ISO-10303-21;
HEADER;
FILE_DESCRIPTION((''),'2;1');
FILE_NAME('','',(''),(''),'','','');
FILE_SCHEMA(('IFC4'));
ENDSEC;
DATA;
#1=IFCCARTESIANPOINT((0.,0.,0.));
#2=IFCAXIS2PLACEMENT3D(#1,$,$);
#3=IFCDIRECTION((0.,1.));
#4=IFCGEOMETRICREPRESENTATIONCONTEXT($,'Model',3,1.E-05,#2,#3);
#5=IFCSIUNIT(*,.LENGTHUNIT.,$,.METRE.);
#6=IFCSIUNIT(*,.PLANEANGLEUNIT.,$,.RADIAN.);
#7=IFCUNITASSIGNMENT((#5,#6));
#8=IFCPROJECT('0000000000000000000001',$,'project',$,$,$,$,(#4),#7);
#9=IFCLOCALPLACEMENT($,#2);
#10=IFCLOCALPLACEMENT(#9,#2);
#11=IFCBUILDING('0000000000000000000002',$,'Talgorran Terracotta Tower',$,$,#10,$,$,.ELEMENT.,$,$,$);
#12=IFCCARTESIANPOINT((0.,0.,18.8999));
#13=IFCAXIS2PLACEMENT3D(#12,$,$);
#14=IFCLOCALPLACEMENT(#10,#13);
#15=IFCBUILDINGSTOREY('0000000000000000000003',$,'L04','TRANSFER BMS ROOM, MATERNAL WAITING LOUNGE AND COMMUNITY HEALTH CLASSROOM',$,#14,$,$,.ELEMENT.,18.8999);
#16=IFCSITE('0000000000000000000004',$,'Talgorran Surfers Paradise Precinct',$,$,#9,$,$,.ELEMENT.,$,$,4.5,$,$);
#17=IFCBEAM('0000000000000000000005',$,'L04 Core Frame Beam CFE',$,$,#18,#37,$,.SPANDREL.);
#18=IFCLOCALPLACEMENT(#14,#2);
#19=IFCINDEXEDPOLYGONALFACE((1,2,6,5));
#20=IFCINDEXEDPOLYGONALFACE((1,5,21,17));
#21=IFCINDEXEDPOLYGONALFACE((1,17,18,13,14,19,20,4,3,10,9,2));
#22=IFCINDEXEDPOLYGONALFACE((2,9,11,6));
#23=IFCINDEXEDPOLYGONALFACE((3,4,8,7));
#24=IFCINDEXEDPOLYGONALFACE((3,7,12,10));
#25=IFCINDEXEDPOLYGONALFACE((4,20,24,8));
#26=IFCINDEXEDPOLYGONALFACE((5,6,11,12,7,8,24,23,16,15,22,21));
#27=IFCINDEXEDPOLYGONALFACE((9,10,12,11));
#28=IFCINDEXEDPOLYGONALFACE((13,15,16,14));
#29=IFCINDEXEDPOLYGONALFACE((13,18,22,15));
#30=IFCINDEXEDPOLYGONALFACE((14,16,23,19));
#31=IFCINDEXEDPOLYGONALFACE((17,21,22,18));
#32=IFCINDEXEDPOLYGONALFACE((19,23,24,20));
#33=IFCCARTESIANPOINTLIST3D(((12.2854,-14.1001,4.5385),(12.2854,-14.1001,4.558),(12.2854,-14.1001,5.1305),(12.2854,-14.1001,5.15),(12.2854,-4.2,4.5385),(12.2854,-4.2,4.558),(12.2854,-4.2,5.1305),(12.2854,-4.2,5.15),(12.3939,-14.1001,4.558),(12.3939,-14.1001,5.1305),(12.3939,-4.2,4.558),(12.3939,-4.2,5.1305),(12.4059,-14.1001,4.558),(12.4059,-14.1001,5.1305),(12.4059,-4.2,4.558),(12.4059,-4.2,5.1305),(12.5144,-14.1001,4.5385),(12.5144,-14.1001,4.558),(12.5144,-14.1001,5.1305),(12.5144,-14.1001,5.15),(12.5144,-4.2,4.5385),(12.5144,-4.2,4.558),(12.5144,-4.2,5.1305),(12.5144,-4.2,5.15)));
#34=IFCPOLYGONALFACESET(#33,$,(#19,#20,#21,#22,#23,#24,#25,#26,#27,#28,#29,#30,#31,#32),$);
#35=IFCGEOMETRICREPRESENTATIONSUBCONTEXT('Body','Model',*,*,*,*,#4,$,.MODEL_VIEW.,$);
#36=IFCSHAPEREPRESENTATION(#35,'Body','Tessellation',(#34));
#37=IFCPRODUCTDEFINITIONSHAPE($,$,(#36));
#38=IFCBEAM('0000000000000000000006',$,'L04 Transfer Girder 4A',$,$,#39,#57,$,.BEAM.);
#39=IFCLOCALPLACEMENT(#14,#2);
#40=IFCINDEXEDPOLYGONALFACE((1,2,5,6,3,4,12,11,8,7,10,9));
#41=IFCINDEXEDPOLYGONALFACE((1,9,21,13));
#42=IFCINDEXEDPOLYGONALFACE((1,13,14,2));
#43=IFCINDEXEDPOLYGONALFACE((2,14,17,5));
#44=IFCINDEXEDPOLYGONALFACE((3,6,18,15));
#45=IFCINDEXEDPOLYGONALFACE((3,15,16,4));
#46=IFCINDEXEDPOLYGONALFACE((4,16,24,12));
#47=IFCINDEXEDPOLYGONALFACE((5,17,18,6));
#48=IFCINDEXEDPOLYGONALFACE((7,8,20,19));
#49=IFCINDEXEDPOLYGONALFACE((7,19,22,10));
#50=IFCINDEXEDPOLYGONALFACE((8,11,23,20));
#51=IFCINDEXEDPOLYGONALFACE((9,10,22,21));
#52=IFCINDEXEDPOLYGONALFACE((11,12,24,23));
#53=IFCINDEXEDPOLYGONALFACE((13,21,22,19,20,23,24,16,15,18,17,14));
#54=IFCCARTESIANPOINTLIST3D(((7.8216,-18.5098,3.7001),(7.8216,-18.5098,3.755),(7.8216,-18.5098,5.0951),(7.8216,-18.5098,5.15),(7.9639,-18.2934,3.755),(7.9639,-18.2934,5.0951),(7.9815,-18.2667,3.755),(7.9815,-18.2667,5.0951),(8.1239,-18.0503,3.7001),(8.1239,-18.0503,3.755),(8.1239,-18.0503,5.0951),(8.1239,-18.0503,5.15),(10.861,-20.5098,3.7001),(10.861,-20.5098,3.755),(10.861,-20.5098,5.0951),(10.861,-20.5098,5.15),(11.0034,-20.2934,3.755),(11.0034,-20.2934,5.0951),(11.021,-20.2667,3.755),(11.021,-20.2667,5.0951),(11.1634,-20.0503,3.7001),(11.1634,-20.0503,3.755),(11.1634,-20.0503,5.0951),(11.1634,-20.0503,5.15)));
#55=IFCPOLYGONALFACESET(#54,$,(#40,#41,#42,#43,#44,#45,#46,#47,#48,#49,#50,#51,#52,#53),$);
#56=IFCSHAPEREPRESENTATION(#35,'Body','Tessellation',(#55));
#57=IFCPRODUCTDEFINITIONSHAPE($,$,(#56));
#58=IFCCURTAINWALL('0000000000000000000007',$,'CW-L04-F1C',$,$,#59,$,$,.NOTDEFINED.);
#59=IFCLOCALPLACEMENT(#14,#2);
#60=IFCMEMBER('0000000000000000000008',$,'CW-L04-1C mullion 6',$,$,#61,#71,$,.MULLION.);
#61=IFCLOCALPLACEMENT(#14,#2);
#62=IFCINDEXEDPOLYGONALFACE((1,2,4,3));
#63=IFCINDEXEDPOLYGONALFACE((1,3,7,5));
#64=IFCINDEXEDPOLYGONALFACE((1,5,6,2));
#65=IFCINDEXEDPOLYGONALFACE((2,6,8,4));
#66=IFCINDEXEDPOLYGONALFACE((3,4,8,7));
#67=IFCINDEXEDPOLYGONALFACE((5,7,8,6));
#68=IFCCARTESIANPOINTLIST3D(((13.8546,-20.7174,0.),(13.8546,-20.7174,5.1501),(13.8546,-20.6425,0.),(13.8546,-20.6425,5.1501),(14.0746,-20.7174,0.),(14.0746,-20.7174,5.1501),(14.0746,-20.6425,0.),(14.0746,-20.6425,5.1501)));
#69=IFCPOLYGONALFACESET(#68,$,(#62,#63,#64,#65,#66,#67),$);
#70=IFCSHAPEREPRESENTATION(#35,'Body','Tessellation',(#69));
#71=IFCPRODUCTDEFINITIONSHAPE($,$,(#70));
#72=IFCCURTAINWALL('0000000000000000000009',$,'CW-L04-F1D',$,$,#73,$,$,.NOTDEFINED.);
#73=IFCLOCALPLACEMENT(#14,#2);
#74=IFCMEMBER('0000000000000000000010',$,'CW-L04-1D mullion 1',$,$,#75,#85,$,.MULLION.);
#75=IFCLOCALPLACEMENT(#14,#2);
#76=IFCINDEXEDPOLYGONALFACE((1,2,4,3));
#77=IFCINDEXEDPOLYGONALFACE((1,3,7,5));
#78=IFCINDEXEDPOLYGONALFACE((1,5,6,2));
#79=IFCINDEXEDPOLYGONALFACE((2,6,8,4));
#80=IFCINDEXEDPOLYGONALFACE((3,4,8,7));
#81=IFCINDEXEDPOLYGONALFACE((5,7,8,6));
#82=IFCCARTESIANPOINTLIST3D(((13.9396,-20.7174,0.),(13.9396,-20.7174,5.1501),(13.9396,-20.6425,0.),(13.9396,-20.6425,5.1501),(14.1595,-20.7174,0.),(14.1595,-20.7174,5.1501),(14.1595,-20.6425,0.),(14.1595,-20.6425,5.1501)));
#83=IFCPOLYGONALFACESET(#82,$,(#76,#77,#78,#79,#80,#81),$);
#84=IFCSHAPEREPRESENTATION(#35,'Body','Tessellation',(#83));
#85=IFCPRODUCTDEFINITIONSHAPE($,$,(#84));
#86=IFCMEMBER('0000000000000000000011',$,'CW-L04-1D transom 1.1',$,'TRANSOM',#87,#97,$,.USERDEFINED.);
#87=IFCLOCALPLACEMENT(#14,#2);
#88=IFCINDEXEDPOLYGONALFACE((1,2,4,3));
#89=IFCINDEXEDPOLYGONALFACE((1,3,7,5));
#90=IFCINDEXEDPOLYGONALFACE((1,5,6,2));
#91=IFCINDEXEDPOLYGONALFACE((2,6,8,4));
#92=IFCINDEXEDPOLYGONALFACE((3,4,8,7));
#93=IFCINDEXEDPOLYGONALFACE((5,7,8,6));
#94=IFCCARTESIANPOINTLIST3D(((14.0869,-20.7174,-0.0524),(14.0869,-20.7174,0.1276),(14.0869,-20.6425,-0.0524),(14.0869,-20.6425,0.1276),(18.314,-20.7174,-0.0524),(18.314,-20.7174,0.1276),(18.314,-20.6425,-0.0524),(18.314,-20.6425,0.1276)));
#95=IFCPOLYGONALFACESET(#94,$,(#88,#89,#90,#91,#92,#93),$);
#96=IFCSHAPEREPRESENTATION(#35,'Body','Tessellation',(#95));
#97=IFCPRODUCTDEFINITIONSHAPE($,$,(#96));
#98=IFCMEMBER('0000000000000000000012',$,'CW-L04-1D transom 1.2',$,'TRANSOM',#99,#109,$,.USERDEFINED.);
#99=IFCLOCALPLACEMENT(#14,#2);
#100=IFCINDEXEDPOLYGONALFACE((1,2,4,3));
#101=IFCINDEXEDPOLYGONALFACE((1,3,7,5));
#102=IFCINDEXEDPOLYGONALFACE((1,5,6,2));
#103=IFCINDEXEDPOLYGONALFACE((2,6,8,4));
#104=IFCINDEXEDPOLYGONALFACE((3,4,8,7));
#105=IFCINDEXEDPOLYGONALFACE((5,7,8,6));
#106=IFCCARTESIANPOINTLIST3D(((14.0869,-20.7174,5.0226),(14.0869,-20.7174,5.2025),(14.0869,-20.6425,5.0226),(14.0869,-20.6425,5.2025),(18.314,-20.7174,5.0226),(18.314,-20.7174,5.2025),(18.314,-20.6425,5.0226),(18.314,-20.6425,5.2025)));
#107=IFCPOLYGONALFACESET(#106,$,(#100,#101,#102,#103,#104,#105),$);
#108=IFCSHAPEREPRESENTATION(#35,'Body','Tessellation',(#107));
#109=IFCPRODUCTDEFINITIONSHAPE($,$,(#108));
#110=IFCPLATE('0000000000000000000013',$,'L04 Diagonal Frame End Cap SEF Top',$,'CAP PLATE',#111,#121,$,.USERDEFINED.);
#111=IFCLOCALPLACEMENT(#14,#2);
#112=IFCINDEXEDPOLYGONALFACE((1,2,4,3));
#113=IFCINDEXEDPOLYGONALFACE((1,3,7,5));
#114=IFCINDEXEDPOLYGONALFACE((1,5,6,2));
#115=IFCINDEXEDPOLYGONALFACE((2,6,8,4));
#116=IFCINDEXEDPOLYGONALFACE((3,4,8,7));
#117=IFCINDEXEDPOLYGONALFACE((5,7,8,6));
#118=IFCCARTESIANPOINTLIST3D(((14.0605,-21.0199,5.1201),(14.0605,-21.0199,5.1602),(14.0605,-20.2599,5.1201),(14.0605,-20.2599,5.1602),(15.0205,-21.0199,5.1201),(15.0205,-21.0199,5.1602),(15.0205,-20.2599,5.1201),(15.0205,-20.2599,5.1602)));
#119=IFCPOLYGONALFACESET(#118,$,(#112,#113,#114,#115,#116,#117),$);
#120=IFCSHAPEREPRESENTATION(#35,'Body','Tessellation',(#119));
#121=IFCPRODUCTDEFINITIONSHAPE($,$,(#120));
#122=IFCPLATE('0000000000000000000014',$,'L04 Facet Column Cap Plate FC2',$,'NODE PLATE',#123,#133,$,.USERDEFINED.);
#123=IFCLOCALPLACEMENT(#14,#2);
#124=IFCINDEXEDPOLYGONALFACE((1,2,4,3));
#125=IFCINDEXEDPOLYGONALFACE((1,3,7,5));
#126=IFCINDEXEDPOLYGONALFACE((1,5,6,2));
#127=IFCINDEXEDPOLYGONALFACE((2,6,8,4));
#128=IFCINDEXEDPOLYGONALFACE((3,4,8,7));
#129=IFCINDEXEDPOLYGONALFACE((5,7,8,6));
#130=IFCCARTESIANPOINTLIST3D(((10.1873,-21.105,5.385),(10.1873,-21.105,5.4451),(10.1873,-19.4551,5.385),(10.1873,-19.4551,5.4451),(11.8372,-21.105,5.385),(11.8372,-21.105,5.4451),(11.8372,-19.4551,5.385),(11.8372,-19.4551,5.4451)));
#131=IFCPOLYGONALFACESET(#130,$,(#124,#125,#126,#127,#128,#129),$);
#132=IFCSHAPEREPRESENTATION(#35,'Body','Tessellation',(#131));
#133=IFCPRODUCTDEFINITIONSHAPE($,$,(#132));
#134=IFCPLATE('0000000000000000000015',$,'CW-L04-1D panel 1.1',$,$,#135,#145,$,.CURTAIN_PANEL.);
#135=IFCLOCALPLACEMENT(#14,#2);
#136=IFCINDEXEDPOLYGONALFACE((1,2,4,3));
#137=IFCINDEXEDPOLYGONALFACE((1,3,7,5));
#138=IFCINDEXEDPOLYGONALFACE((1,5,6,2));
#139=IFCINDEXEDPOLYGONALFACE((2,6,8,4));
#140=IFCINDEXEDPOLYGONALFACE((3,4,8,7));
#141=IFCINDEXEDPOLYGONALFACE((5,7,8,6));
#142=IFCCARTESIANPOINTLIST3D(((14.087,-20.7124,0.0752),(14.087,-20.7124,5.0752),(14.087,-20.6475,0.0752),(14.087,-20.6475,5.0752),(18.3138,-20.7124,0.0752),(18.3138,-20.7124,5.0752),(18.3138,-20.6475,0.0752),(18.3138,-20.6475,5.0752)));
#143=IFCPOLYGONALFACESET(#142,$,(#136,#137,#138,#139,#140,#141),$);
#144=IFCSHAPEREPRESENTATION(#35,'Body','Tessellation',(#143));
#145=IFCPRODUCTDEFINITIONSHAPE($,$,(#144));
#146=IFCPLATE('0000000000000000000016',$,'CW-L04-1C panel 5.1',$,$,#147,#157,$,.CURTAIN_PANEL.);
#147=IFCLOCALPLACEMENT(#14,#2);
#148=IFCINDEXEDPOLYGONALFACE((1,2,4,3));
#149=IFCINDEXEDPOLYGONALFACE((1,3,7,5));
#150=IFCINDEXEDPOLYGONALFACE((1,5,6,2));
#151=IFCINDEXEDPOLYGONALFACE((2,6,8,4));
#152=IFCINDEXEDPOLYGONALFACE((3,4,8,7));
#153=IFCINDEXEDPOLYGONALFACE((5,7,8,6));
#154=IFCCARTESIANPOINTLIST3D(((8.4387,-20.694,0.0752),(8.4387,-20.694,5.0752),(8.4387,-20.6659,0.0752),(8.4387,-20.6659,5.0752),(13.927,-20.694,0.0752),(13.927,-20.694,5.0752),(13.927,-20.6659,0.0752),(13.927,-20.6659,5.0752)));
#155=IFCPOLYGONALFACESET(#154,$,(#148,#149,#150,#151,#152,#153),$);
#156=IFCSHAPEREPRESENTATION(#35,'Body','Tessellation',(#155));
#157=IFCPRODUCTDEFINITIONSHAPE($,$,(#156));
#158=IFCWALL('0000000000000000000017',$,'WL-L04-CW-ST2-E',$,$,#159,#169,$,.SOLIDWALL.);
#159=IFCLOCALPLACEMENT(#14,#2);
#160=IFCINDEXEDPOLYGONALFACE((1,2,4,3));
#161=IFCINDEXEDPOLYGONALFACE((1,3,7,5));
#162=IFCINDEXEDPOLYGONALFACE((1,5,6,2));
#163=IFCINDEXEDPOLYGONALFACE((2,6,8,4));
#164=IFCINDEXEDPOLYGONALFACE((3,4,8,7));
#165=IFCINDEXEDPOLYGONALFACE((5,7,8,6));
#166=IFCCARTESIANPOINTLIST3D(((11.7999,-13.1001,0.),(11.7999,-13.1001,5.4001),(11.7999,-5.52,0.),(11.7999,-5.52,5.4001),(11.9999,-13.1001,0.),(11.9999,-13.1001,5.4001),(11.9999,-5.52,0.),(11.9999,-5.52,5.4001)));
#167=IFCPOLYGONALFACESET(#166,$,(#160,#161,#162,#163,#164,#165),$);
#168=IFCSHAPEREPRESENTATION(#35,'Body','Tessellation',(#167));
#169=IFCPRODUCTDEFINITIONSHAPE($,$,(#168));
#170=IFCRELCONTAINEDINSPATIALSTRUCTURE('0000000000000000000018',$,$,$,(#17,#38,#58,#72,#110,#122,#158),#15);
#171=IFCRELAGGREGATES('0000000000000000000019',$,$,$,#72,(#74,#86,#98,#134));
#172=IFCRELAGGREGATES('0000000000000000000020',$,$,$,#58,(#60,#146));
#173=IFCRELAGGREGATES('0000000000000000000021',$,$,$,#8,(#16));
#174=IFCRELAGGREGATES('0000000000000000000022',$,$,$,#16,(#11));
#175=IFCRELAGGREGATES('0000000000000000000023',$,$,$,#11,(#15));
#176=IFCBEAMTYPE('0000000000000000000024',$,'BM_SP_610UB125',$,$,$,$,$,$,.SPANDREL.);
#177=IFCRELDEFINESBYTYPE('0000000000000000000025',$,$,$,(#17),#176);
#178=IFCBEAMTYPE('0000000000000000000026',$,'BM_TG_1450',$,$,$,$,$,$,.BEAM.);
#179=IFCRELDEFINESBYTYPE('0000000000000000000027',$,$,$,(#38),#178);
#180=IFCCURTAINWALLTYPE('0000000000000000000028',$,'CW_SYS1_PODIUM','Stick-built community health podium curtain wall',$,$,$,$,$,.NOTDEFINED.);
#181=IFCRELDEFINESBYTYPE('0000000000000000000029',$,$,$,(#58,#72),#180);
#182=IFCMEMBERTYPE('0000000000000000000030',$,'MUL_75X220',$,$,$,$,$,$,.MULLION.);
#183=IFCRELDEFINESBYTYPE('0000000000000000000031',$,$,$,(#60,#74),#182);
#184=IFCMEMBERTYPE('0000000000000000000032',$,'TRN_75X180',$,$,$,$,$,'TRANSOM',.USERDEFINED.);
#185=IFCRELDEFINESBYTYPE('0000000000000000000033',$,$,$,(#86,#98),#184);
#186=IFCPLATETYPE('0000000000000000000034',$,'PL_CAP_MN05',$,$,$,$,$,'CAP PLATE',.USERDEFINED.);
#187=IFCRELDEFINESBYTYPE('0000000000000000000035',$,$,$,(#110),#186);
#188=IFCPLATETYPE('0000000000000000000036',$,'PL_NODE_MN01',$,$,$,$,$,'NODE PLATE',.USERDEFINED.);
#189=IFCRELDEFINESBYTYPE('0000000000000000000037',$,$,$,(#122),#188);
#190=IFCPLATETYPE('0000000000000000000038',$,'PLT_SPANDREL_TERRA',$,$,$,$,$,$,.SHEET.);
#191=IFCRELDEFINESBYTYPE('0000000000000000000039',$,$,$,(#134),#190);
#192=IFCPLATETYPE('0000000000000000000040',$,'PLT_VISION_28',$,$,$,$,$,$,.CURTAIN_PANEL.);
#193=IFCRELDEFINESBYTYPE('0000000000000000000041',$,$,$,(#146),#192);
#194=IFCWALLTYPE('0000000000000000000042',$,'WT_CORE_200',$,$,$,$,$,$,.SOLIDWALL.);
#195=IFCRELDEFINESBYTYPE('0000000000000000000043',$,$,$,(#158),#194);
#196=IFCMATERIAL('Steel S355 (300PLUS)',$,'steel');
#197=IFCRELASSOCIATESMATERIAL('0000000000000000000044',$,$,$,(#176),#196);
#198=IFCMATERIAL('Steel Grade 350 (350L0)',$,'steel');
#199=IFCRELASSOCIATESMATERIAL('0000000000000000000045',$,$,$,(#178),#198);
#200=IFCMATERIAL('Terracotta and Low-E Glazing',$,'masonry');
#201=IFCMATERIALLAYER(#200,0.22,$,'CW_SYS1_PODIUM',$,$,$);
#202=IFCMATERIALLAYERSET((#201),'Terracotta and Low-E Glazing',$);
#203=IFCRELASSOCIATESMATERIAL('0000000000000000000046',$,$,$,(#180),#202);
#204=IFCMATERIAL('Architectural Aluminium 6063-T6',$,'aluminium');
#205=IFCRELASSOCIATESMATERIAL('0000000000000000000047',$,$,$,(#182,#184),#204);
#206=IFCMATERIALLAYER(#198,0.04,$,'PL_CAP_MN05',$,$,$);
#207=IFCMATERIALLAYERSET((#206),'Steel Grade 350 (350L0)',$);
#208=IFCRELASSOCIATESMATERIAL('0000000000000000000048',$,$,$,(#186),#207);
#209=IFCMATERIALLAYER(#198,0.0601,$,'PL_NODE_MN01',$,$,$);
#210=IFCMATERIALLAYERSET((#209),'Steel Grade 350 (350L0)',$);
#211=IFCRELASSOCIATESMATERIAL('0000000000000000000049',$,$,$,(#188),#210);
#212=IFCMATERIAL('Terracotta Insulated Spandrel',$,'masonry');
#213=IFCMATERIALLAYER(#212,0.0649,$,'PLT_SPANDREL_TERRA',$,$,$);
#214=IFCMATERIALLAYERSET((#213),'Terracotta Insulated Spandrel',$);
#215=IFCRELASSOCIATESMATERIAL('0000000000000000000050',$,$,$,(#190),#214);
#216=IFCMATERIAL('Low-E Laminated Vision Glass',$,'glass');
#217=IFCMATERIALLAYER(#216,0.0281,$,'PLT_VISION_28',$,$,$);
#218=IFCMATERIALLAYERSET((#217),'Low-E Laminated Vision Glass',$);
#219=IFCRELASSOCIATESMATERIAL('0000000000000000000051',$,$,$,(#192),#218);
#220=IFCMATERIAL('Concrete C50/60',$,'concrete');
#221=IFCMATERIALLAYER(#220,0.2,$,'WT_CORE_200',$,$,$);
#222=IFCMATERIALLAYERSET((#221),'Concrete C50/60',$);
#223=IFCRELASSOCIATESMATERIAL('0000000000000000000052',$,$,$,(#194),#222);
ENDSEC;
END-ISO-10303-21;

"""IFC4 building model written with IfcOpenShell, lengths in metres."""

from ifc_helpers import new_model, si_unit, direction, frame, frame_2d, origin, origin_2d, place, context, subcontext, project, spatial, rectangle, i_section, extrude, source, transform, mapped, material, layer, layer_set, material_profile, profile_set, type_object, type_shapes, element, aggregate, save


model = new_model("IFC4")

# Units and contexts
model_context = context("Model", 3, precision=1e-05, world=origin(), true_north=direction((0.0, 1.0)))
body_context = subcontext(model_context, "Body", "Model", "MODEL_VIEW")
ifc_project = project(units=[si_unit("LENGTHUNIT", "METRE"), si_unit("PLANEANGLEUNIT", "RADIAN")], contexts=[model_context])

# Site, building, storey
site_placement = place(None, origin())
site = spatial("IfcSite", under=ifc_project, at=site_placement, Name="Talgorran Surfers Paradise Precinct", CompositionType="ELEMENT", RefElevation=4.5)
building_placement = place(site_placement, origin())
building = spatial("IfcBuilding", under=site, at=building_placement, Name="Talgorran Terracotta Tower", CompositionType="ELEMENT")
storey_placement = place(building_placement, frame((0.0, 0.0, 18.8999)))
storey = spatial("IfcBuildingStorey", under=building, at=storey_placement, Name="L04", Description="TRANSFER BMS ROOM, MATERNAL WAITING LOUNGE AND COMMUNITY HEALTH CLASSROOM", CompositionType="ELEMENT", Elevation=18.8999)

# Shared definitions
ifc_material_1 = material(Name="Steel S355 (300PLUS)", Category="steel")
ifc_material_2 = material(Name="Steel Grade 350 (350L0)", Category="steel")

# Beams
ifc_material_profile_1 = material_profile(ifc_material_1, i_section(OverallWidth=0.229, OverallDepth=0.6116, WebThickness=0.012, FlangeThickness=0.0195, at=origin_2d()), Name="610UB125")
ifc_profile_set_1 = profile_set([ifc_material_profile_1], Name="Steel S355 (300PLUS)")
beam_type_1 = type_object("IfcBeamType", Name="BM_SP_610UB125", PredefinedType="SPANDREL", material=ifc_profile_set_1)
beam_1_placement = place(storey_placement, frame((12.3999, -14.1001, 4.8442), z_axis=(0.0, 1.0, 0.0), x_axis=(-1.0, 0.0, 0.0)))
element("IfcBeam", 1, at=beam_1_placement, inside=storey, type_object=beam_type_1, Name="L04 Core Frame Beam CFE", PredefinedType="SPANDREL", context=body_context, shape_type="SweptSolid", body=[
    extrude(i_section(OverallWidth=0.229, OverallDepth=0.6116, WebThickness=0.012, FlangeThickness=0.0195, at=origin_2d()), origin(), (0.0, 0.0, 1.0), 9.9001),
])
ifc_material_profile_2 = material_profile(ifc_material_2, i_section(OverallWidth=0.55, OverallDepth=1.45, WebThickness=0.032, FlangeThickness=0.0549, at=origin_2d()), Name="TG1450X550")
ifc_profile_set_2 = profile_set([ifc_material_profile_2], Name="Steel Grade 350 (350L0)")
beam_type_2 = type_object("IfcBeamType", Name="BM_TG_1450", PredefinedType="BEAM", material=ifc_profile_set_2)
beam_2_placement = place(storey_placement, frame((11.0122, -20.28, 4.425), z_axis=(-0.83538, 0.549673, 0.0), x_axis=(-0.549673, -0.83538, 0.0)))
element("IfcBeam", 2, at=beam_2_placement, inside=storey, type_object=beam_type_2, Name="L04 Transfer Girder 4A", PredefinedType="BEAM", context=body_context, shape_type="SweptSolid", body=[
    extrude(i_section(OverallWidth=0.55, OverallDepth=1.45, WebThickness=0.032, FlangeThickness=0.0549, at=origin_2d()), origin(), (0.0, 0.0, 1.0), 3.6384),
])

# Curtain wall, member
ifc_material_3 = material(Name="Terracotta and Low-E Glazing", Category="masonry")
ifc_layer_1 = layer(ifc_material_3, 0.22, Name="CW_SYS1_PODIUM")
ifc_layer_set_1 = layer_set([ifc_layer_1], Name="Terracotta and Low-E Glazing")
curtain_wall_type = type_object("IfcCurtainWallType", Name="CW_SYS1_PODIUM", Description="Stick-built community health podium curtain wall", PredefinedType="NOTDEFINED", material=ifc_layer_set_1)
curtain_wall_1_placement = place(storey_placement, origin())
curtain_wall_1 = element("IfcCurtainWall", 3, at=curtain_wall_1_placement, inside=storey, type_object=curtain_wall_type, Name="CW-L04-F1C", PredefinedType="NOTDEFINED")
ifc_material_4 = material(Name="Architectural Aluminium 6063-T6", Category="aluminium")
ifc_material_profile_3 = material_profile(ifc_material_4, rectangle(XDim=0.075, YDim=0.22, at=origin_2d()), Name="CWM75X220")
ifc_profile_set_3 = profile_set([ifc_material_profile_3], Name="Architectural Aluminium 6063-T6")
member_type_1 = type_object("IfcMemberType", Name="MUL_75X220", PredefinedType="MULLION", material=ifc_profile_set_3)
member_1_placement = place(storey_placement, frame((13.9646, -20.6799, 0.0), z_axis=(0.0, 0.0, 1.0), x_axis=(0.0, 1.0, 0.0)))
member_1 = element("IfcMember", 4, at=member_1_placement, type_object=member_type_1, Name="CW-L04-1C mullion 6", PredefinedType="MULLION", context=body_context, shape_type="SweptSolid", body=[
    extrude(rectangle(XDim=0.075, YDim=0.22, at=origin_2d()), origin(), (0.0, 0.0, 1.0), 5.1501),
])

# Curtain wall, members
curtain_wall_2_placement = place(storey_placement, origin())
curtain_wall_2 = element("IfcCurtainWall", 5, at=curtain_wall_2_placement, inside=storey, type_object=curtain_wall_type, Name="CW-L04-F1D", PredefinedType="NOTDEFINED")
member_2_placement = place(storey_placement, frame((14.0496, -20.6799, 0.0), z_axis=(0.0, 0.0, 1.0), x_axis=(0.0, 1.0, 0.0)))
member_2 = element("IfcMember", 6, at=member_2_placement, type_object=member_type_1, Name="CW-L04-1D mullion 1", PredefinedType="MULLION", context=body_context, shape_type="SweptSolid", body=[
    extrude(rectangle(XDim=0.075, YDim=0.22, at=origin_2d()), origin(), (0.0, 0.0, 1.0), 5.1501),
])
ifc_material_profile_4 = material_profile(ifc_material_4, rectangle(XDim=0.075, YDim=0.1799, at=origin_2d()), Name="CWT75X180")
ifc_profile_set_4 = profile_set([ifc_material_profile_4], Name="Architectural Aluminium 6063-T6")
member_type_2 = type_object("IfcMemberType", Name="TRN_75X180", ElementType="TRANSOM", PredefinedType="USERDEFINED", material=ifc_profile_set_4)
member_3_placement = place(storey_placement, frame((14.0869, -20.6799, 0.0376), z_axis=(1.0, 0.0, 0.0), x_axis=(0.0, 1.0, 0.0)))
member_3 = element("IfcMember", 7, at=member_3_placement, type_object=member_type_2, Name="CW-L04-1D transom 1.1", ObjectType="TRANSOM", PredefinedType="USERDEFINED", context=body_context, shape_type="SweptSolid", body=[
    extrude(rectangle(XDim=0.075, YDim=0.1799, at=origin_2d()), origin(), (0.0, 0.0, 1.0), 4.2271),
])
member_4_placement = place(storey_placement, frame((14.0869, -20.6799, 5.1125), z_axis=(1.0, 0.0, 0.0), x_axis=(0.0, 1.0, 0.0)))
member_4 = element("IfcMember", 8, at=member_4_placement, type_object=member_type_2, Name="CW-L04-1D transom 1.2", ObjectType="TRANSOM", PredefinedType="USERDEFINED", context=body_context, shape_type="SweptSolid", body=[
    extrude(rectangle(XDim=0.075, YDim=0.1799, at=origin_2d()), origin(), (0.0, 0.0, 1.0), 4.2271),
])

# Plates
ifc_layer_2 = layer(ifc_material_2, 0.04, Name="PL_CAP_MN05")
ifc_layer_set_2 = layer_set([ifc_layer_2], Name="Steel Grade 350 (350L0)")
plate_type_1 = type_object("IfcPlateType", Name="PL_CAP_MN05", ElementType="CAP PLATE", PredefinedType="USERDEFINED", material=ifc_layer_set_2)
plate_1_placement = place(storey_placement, frame((14.5405, -20.6399, 5.1201), z_axis=(0.0, 0.0, 1.0), x_axis=(-1.0, 0.0, 0.0)))
element("IfcPlate", 9, at=plate_1_placement, inside=storey, type_object=plate_type_1, Name="L04 Diagonal Frame End Cap SEF Top", ObjectType="CAP PLATE", PredefinedType="USERDEFINED", context=body_context, shape_type="SweptSolid", body=[
    extrude(rectangle(XDim=0.96, YDim=0.76, at=origin_2d()), origin(), (0.0, 0.0, 1.0), 0.04),
])
ifc_layer_3 = layer(ifc_material_2, 0.0601, Name="PL_NODE_MN01")
ifc_layer_set_3 = layer_set([ifc_layer_3], Name="Steel Grade 350 (350L0)")
plate_type_2 = type_object("IfcPlateType", Name="PL_NODE_MN01", ElementType="NODE PLATE", PredefinedType="USERDEFINED", material=ifc_layer_set_3)
plate_2_placement = place(storey_placement, frame((11.0122, -20.28, 5.385), z_axis=(0.0, 0.0, 1.0), x_axis=(1.0, 0.0, 0.0)))
element("IfcPlate", 10, at=plate_2_placement, inside=storey, type_object=plate_type_2, Name="L04 Facet Column Cap Plate FC2", ObjectType="NODE PLATE", PredefinedType="USERDEFINED", context=body_context, shape_type="SweptSolid", body=[
    extrude(rectangle(XDim=1.6499, YDim=1.6499, at=origin_2d()), origin(), (0.0, 0.0, 1.0), 0.0601),
])

# Plates
ifc_material_5 = material(Name="Terracotta Insulated Spandrel", Category="masonry")
ifc_layer_4 = layer(ifc_material_5, 0.0649, Name="PLT_SPANDREL_TERRA")
ifc_layer_set_4 = layer_set([ifc_layer_4], Name="Terracotta Insulated Spandrel")
plate_type_3 = type_object("IfcPlateType", Name="PLT_SPANDREL_TERRA", PredefinedType="SHEET", material=ifc_layer_set_4)
shared_shape_1 = source(origin(), body_context, "Body", "SweptSolid", [
    extrude(rectangle(XDim=4.2268, YDim=0.0649, at=origin_2d()), origin(), (0.0, 0.0, 1.0), 5.0),
])
type_shapes(plate_type_3, [shared_shape_1])
plate_3_placement = place(storey_placement, frame((16.2004, -20.6799, 0.0752), z_axis=(0.0, 0.0, 1.0), x_axis=(1.0, 0.0, 0.0)))
plate_3 = element("IfcPlate", 11, at=plate_3_placement, type_object=plate_type_3, Name="CW-L04-1D panel 1.1", PredefinedType="CURTAIN_PANEL", context=body_context, shape_type="MappedRepresentation", body=[
    mapped(shared_shape_1, transform((0.0, 0.0, 0.0), scale=1.0)),
])
aggregate(curtain_wall_2, [member_2, member_3, member_4, plate_3])
ifc_material_6 = material(Name="Low-E Laminated Vision Glass", Category="glass")
ifc_layer_5 = layer(ifc_material_6, 0.0281, Name="PLT_VISION_28")
ifc_layer_set_5 = layer_set([ifc_layer_5], Name="Low-E Laminated Vision Glass")
plate_type_4 = type_object("IfcPlateType", Name="PLT_VISION_28", PredefinedType="CURTAIN_PANEL", material=ifc_layer_set_5)
shared_shape_2 = source(origin(), body_context, "Body", "SweptSolid", [
    extrude(rectangle(XDim=5.4883, YDim=0.0281, at=origin_2d()), origin(), (0.0, 0.0, 1.0), 5.0),
])
type_shapes(plate_type_4, [shared_shape_2])
plate_4_placement = place(storey_placement, frame((11.1829, -20.6799, 0.0752), z_axis=(0.0, 0.0, 1.0), x_axis=(1.0, 0.0, 0.0)))
plate_4 = element("IfcPlate", 12, at=plate_4_placement, type_object=plate_type_4, Name="CW-L04-1C panel 5.1", PredefinedType="CURTAIN_PANEL", context=body_context, shape_type="MappedRepresentation", body=[
    mapped(shared_shape_2, transform((0.0, 0.0, 0.0), scale=1.0)),
])
aggregate(curtain_wall_1, [member_1, plate_4])

# Wall
ifc_material_7 = material(Name="Concrete C50/60", Category="concrete")
ifc_layer_6 = layer(ifc_material_7, 0.2, Name="WT_CORE_200")
ifc_layer_set_6 = layer_set([ifc_layer_6], Name="Concrete C50/60")
wall_type_1 = type_object("IfcWallType", Name="WT_CORE_200", PredefinedType="SOLIDWALL", material=ifc_layer_set_6)
wall_1_placement = place(storey_placement, frame((11.8999, -13.1001, 0.0), z_axis=(0.0, 0.0, 1.0), x_axis=(0.0, 1.0, 0.0)))
element("IfcWall", 13, at=wall_1_placement, inside=storey, type_object=wall_type_1, Name="WL-L04-CW-ST2-E", PredefinedType="SOLIDWALL", context=body_context, shape_type="SweptSolid", body=[
    extrude(rectangle(XDim=7.5801, YDim=0.2, at=frame_2d((3.79, 0.0))), origin(), (0.0, 0.0, 1.0), 5.4001),
])

save(model, "model.ifc")
